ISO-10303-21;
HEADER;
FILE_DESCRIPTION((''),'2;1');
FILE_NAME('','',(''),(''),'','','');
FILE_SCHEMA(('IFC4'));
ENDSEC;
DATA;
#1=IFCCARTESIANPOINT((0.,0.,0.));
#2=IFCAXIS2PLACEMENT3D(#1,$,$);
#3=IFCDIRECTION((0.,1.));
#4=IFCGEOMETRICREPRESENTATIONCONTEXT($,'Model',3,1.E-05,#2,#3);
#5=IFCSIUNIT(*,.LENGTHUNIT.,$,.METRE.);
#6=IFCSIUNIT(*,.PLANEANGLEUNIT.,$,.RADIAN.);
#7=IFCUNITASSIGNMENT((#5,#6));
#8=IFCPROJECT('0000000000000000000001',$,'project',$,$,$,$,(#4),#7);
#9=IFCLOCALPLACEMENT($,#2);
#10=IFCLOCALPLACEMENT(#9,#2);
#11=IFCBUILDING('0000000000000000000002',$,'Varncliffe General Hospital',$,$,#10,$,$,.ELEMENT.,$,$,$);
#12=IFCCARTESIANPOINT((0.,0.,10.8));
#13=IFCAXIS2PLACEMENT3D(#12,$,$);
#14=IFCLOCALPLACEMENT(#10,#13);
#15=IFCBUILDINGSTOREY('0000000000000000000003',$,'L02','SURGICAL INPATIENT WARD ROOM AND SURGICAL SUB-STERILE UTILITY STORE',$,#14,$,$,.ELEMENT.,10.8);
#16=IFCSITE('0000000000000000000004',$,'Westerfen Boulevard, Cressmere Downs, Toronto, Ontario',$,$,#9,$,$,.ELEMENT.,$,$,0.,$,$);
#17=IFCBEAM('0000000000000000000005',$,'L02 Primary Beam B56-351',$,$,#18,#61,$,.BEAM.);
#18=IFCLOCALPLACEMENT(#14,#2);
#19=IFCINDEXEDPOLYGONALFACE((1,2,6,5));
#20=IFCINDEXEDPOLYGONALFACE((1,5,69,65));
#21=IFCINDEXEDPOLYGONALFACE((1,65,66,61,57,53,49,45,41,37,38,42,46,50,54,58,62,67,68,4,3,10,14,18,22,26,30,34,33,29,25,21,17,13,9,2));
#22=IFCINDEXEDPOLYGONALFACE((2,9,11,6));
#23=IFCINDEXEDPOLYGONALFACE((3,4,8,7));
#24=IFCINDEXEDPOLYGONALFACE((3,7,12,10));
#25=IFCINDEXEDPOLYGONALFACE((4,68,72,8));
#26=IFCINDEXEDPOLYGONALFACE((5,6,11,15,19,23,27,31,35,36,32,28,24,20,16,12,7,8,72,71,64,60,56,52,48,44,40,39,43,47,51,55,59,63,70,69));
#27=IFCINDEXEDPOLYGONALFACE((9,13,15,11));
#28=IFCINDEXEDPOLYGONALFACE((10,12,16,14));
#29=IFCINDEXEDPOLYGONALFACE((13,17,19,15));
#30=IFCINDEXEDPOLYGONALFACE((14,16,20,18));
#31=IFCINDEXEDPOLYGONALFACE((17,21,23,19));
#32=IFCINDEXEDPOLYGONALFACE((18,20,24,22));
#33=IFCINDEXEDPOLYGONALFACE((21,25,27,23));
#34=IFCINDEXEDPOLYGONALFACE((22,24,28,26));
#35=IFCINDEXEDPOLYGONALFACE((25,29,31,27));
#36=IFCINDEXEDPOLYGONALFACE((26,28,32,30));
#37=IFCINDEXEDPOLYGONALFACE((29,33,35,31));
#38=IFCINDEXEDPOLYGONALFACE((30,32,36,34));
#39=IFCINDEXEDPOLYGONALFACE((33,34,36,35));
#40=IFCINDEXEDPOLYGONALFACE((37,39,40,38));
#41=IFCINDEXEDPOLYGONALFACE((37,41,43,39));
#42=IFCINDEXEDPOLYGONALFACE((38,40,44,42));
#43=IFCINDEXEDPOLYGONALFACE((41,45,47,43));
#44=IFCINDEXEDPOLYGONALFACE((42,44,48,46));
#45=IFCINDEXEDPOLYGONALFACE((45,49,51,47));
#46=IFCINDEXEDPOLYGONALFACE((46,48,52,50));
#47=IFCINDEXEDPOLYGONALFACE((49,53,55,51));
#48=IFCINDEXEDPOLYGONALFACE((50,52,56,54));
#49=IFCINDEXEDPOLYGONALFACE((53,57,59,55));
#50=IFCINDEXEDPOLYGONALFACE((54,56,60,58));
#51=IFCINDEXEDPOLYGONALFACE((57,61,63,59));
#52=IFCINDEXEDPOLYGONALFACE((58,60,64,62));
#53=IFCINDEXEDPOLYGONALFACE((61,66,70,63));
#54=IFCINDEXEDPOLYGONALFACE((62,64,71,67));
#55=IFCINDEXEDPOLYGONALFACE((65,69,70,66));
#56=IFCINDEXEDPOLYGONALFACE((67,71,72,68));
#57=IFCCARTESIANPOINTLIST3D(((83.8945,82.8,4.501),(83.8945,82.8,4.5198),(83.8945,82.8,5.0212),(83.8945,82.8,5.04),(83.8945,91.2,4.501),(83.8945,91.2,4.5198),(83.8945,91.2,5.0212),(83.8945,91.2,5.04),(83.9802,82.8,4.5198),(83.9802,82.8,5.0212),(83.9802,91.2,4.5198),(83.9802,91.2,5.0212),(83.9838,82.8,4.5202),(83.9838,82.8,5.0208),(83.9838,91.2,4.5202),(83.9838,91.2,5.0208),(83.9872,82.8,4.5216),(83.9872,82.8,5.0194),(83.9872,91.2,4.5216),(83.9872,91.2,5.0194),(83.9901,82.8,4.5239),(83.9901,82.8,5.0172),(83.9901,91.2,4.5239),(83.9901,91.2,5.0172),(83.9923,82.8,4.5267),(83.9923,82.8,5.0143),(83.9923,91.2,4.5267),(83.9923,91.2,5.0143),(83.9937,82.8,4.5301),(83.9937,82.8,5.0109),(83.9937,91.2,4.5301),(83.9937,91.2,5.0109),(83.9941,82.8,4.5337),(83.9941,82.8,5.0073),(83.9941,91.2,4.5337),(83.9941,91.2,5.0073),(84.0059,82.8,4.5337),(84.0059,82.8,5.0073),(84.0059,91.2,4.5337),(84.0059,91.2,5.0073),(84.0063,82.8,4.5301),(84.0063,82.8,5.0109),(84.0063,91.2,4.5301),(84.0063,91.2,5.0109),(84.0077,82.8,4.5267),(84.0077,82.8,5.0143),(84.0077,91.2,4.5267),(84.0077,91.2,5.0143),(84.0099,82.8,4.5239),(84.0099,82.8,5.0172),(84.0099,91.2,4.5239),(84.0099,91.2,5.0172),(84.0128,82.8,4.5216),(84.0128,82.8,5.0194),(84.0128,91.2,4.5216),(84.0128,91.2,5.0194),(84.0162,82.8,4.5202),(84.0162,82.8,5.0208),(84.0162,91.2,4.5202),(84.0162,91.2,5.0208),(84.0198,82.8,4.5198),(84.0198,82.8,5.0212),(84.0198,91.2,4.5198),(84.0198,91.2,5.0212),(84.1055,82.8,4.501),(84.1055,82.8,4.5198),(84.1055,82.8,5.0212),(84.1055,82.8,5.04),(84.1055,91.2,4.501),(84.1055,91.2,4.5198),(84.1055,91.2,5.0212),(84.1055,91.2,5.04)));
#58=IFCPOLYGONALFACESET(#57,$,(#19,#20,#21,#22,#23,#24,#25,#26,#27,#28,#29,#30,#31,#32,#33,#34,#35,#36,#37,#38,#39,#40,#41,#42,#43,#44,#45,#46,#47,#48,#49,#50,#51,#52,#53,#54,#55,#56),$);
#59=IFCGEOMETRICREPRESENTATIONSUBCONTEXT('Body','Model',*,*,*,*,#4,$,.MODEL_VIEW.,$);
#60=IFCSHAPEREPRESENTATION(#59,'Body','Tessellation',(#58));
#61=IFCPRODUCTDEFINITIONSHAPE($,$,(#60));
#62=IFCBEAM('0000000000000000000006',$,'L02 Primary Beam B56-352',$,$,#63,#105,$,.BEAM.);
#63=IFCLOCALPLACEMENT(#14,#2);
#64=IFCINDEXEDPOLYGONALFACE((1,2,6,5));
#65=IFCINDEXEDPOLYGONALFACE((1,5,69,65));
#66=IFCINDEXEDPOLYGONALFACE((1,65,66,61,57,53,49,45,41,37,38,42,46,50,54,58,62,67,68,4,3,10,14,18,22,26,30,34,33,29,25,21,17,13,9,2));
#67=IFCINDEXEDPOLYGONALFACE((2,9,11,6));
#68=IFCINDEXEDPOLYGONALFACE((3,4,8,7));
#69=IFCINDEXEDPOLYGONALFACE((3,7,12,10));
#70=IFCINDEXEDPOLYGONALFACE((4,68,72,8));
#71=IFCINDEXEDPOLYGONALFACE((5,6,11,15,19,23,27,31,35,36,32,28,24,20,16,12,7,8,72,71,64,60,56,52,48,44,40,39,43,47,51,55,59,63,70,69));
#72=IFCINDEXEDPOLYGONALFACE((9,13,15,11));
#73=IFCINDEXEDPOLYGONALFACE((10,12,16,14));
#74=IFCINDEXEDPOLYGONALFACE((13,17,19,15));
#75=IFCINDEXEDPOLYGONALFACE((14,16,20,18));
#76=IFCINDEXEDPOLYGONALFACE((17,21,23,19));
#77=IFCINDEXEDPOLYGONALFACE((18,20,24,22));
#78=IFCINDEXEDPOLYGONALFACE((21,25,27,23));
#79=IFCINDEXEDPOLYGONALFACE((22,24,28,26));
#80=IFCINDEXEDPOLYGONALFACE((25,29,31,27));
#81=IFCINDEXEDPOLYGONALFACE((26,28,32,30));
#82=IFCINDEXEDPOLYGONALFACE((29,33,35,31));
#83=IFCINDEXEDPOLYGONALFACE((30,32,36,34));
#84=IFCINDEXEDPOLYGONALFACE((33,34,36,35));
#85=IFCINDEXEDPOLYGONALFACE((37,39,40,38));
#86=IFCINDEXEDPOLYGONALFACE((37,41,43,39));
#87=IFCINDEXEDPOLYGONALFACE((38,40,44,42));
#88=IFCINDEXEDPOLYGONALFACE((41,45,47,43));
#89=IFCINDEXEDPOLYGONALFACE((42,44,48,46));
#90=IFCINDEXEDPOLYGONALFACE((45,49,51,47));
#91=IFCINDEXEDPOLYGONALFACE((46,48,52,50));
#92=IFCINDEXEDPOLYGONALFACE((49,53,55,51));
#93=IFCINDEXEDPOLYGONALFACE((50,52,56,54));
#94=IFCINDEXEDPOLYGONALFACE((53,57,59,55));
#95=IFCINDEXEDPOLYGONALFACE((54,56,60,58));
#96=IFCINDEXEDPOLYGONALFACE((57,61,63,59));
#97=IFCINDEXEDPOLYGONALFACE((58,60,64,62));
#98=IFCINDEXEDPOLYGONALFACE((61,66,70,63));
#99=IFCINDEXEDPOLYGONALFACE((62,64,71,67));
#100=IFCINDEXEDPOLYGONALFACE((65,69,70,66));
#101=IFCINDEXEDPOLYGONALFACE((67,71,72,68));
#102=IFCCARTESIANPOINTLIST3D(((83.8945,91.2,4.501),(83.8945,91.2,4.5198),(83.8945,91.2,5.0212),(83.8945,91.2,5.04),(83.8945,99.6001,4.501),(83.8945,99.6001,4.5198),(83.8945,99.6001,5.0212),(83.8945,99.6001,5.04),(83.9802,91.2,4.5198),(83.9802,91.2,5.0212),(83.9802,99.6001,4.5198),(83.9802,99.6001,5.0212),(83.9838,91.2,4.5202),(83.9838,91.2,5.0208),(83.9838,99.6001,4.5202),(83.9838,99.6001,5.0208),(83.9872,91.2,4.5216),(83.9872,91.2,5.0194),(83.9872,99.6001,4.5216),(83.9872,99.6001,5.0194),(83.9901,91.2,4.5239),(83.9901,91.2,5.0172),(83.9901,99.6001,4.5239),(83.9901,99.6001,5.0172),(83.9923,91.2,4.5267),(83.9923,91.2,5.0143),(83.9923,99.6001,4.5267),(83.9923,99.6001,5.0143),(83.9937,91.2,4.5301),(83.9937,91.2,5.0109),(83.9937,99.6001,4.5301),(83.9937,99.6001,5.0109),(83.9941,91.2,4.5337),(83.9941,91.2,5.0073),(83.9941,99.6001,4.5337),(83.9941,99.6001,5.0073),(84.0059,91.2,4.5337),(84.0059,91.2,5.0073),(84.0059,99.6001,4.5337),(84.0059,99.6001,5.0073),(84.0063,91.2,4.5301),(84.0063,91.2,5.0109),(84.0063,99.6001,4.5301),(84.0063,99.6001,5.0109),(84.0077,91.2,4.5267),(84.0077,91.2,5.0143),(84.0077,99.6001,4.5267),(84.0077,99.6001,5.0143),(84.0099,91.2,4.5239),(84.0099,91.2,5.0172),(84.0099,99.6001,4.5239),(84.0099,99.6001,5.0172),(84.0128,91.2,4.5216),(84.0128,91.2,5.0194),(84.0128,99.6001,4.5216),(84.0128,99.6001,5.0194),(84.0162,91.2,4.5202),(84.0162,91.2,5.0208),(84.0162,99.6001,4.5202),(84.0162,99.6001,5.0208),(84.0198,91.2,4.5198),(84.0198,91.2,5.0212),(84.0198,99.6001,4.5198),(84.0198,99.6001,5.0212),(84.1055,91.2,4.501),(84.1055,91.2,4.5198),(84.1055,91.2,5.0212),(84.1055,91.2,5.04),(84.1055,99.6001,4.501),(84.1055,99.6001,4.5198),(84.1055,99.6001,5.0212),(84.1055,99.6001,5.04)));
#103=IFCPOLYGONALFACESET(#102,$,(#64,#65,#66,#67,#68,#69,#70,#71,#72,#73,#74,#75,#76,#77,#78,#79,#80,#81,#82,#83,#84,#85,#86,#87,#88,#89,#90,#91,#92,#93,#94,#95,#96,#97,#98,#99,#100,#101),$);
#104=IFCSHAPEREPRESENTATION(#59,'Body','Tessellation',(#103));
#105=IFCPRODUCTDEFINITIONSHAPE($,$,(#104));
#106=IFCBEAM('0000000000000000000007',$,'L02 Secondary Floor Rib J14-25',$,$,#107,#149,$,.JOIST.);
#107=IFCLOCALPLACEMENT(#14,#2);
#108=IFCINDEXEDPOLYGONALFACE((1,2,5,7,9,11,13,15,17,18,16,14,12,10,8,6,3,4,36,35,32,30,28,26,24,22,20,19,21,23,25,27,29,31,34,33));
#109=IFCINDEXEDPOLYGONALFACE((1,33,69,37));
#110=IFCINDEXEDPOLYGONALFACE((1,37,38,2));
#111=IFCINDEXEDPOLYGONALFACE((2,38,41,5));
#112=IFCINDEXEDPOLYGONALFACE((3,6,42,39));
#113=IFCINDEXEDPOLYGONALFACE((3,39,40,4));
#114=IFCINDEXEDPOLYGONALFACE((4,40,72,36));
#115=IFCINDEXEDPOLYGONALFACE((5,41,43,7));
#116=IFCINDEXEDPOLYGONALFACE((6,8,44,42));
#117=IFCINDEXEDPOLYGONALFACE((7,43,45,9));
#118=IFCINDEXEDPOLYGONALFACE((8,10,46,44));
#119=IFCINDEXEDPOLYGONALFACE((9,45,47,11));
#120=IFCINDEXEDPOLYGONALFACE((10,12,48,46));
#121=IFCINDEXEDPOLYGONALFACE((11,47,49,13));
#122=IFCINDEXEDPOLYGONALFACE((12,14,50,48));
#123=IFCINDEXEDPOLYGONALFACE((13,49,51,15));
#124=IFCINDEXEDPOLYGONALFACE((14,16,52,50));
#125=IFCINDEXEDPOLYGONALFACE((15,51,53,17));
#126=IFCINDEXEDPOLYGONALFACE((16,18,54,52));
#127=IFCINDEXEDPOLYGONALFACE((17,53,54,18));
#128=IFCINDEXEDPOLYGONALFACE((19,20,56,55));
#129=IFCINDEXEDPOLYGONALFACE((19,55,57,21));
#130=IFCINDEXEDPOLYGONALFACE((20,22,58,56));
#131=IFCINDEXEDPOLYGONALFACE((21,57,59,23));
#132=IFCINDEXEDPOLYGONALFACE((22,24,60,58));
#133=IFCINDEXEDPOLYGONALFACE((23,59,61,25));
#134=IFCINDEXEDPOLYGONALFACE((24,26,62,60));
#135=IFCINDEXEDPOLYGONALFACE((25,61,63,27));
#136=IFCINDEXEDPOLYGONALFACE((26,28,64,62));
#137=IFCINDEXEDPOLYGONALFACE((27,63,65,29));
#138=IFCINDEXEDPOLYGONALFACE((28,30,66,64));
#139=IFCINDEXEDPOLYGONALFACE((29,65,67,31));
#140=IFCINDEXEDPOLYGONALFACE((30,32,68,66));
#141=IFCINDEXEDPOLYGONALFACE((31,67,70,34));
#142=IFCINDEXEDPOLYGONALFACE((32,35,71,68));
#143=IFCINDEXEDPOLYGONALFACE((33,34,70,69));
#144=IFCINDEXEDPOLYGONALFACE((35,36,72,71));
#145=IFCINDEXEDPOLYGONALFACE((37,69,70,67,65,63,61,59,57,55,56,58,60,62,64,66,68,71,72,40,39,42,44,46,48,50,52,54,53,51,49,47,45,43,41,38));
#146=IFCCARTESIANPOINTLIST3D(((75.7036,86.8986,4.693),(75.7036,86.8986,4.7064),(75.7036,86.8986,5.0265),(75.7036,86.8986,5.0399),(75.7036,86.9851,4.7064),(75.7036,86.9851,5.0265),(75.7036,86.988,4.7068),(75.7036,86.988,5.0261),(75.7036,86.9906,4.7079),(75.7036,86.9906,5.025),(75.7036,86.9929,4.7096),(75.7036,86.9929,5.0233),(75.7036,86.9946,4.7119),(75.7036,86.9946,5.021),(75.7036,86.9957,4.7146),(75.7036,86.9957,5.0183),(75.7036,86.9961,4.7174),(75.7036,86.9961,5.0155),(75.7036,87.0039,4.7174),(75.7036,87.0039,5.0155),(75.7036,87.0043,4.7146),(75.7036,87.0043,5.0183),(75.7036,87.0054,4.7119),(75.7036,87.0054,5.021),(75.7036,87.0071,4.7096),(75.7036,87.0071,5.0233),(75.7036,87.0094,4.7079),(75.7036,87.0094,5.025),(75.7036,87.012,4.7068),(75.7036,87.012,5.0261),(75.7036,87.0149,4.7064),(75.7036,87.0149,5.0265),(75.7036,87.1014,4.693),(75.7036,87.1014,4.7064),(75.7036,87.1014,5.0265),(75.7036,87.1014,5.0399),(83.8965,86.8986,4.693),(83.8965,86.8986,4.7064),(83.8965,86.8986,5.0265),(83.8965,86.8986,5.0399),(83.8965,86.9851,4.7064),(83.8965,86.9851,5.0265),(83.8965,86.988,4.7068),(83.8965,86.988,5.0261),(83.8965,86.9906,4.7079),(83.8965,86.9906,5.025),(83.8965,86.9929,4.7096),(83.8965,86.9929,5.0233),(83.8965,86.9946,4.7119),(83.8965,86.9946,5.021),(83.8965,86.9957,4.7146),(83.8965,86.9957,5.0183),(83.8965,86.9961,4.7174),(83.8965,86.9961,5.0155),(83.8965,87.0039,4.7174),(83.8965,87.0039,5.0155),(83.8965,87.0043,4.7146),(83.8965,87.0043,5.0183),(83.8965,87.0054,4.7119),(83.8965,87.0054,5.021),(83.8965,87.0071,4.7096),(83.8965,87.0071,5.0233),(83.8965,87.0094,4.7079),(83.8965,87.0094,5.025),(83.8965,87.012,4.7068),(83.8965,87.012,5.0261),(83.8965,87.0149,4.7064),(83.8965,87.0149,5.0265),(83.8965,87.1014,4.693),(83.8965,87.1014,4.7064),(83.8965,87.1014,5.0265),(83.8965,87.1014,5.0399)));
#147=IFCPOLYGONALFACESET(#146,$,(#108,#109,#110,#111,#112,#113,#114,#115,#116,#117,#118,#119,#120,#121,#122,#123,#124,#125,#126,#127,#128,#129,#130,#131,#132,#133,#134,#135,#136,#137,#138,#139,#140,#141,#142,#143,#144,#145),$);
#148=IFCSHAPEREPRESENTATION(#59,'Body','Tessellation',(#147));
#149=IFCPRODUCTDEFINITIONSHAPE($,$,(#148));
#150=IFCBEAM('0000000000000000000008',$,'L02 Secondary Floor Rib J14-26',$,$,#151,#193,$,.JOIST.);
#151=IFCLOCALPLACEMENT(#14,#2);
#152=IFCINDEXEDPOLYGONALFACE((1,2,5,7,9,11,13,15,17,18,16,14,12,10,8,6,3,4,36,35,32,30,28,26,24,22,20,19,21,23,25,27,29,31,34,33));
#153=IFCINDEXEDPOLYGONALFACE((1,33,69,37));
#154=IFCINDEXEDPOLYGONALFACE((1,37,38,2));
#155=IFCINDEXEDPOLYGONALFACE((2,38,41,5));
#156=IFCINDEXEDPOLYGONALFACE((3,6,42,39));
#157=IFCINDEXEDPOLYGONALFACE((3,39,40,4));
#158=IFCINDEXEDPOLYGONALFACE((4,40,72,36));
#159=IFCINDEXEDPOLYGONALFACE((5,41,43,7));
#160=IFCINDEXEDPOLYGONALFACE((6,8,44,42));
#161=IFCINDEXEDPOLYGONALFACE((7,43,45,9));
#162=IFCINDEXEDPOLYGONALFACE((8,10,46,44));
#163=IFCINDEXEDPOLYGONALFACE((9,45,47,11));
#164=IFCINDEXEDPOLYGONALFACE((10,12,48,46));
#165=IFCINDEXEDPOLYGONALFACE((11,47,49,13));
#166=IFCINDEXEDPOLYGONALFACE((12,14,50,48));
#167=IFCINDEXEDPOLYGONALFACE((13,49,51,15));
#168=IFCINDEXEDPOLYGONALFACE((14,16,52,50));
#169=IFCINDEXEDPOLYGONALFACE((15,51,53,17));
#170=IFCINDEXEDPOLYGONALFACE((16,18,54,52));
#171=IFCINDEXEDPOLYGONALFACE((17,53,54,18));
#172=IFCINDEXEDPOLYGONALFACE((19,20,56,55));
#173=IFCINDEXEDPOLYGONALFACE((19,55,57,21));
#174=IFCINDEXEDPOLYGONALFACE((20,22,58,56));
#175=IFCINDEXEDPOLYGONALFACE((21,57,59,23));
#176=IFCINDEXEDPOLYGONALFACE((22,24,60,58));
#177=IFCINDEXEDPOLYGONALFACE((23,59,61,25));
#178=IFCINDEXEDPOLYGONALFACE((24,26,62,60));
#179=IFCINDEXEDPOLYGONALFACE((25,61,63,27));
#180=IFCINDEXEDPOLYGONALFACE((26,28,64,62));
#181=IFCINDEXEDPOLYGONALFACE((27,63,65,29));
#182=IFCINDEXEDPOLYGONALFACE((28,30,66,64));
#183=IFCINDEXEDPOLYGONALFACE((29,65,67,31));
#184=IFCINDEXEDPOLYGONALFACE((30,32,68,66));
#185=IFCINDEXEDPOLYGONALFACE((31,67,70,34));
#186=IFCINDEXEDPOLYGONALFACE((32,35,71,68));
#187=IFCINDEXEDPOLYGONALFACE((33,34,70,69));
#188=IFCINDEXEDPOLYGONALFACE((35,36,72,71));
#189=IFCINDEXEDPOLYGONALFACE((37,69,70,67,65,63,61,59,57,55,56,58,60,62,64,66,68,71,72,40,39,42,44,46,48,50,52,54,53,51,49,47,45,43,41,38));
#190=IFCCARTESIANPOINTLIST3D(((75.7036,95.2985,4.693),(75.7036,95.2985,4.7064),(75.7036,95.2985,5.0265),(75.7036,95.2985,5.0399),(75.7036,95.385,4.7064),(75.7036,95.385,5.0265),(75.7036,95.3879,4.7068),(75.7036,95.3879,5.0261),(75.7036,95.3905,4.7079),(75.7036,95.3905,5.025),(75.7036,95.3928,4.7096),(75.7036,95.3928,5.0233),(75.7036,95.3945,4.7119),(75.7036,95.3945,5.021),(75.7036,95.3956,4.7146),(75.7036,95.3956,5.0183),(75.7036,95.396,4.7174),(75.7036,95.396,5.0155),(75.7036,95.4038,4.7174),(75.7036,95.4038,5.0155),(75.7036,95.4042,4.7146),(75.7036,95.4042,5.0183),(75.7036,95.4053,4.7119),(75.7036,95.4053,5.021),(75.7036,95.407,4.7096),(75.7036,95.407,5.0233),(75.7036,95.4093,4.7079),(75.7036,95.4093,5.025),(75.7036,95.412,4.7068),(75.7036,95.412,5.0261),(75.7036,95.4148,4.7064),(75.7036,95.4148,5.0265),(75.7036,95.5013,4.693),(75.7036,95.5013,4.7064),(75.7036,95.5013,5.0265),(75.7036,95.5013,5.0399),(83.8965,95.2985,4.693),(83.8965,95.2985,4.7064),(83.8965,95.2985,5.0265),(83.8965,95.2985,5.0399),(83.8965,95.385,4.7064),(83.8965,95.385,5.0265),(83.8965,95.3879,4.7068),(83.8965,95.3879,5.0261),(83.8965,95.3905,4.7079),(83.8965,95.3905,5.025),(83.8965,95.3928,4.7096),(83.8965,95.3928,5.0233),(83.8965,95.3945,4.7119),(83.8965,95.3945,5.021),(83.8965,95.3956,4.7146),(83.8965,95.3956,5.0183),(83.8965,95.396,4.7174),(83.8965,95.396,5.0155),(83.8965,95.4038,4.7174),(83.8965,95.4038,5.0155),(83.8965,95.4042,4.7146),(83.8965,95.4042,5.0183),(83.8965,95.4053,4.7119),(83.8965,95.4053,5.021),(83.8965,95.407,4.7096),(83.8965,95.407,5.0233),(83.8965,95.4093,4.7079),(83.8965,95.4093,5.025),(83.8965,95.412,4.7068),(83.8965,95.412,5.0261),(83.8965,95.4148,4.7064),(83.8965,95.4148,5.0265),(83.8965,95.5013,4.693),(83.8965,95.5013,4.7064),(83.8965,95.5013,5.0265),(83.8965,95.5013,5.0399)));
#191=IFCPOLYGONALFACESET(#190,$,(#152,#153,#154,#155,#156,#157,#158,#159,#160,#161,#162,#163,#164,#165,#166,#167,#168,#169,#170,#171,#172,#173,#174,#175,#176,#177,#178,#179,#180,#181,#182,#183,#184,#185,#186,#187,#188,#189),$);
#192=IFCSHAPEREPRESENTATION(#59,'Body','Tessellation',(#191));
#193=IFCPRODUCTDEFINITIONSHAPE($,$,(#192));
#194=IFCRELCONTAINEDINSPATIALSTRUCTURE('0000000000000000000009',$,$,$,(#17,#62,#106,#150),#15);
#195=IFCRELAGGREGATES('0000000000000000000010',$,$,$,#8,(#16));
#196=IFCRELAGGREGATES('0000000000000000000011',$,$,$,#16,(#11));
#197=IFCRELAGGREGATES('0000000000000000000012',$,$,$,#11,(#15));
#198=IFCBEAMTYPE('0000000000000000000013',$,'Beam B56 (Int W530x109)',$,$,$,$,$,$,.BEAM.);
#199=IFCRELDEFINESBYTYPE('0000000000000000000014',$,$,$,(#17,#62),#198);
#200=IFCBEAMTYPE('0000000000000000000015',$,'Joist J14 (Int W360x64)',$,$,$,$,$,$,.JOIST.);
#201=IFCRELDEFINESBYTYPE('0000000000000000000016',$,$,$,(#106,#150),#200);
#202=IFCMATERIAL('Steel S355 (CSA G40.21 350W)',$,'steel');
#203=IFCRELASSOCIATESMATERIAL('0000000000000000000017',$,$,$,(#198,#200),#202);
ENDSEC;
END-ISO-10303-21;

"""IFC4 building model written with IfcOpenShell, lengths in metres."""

from ifc_helpers import new_model, si_unit, direction, frame, origin, origin_2d, place, context, subcontext, project, spatial, i_section, extrude, material, material_profile, profile_set, type_object, element, save


model = new_model("IFC4")

# Units and contexts
model_context = context("Model", 3, precision=1e-05, world=origin(), true_north=direction((0.0, 1.0)))
body_context = subcontext(model_context, "Body", "Model", "MODEL_VIEW")
ifc_project = project(units=[si_unit("LENGTHUNIT", "METRE"), si_unit("PLANEANGLEUNIT", "RADIAN")], contexts=[model_context])

# Site, building, storey
site_placement = place(None, origin())
site = spatial("IfcSite", under=ifc_project, at=site_placement, Name="Westerfen Boulevard, Cressmere Downs, Toronto, Ontario", CompositionType="ELEMENT", RefElevation=0.0)
building_placement = place(site_placement, origin())
building = spatial("IfcBuilding", under=site, at=building_placement, Name="Varncliffe General Hospital", CompositionType="ELEMENT")
storey_placement = place(building_placement, frame((0.0, 0.0, 10.8)))
storey = spatial("IfcBuildingStorey", under=building, at=storey_placement, Name="L02", Description="SURGICAL INPATIENT WARD ROOM AND SURGICAL SUB-STERILE UTILITY STORE", CompositionType="ELEMENT", Elevation=10.8)

# Beams
ifc_material_1 = material(Name="Steel S355 (CSA G40.21 350W)", Category="steel")
ifc_material_profile_1 = material_profile(ifc_material_1, i_section(OverallWidth=0.2109, OverallDepth=0.5391, WebThickness=0.0117, FlangeThickness=0.0188, FilletRadius=0.0139, at=origin_2d()), Name="W530x109")
ifc_profile_set_1 = profile_set([ifc_material_profile_1], Name="Steel S355 (CSA G40.21 350W)")
beam_type_1 = type_object("IfcBeamType", Name="Beam B56 (Int W530x109)", PredefinedType="BEAM", material=ifc_profile_set_1)
beam_1_placement = place(storey_placement, frame((84.0, 82.8, 4.7705), z_axis=(0.0, 1.0, 0.0), x_axis=(-1.0, 0.0, 0.0)))
element("IfcBeam", 1, at=beam_1_placement, inside=storey, type_object=beam_type_1, Name="L02 Primary Beam B56-351", PredefinedType="BEAM", context=body_context, shape_type="SweptSolid", body=[
    extrude(i_section(OverallWidth=0.2109, OverallDepth=0.5391, WebThickness=0.0117, FlangeThickness=0.0188, FilletRadius=0.0139, at=origin_2d()), origin(), (0.0, 0.0, 1.0), 8.3999),
])
beam_2_placement = place(storey_placement, frame((84.0, 91.2, 4.7705), z_axis=(0.0, 1.0, 0.0), x_axis=(-1.0, 0.0, 0.0)))
element("IfcBeam", 2, at=beam_2_placement, inside=storey, type_object=beam_type_1, Name="L02 Primary Beam B56-352", PredefinedType="BEAM", context=body_context, shape_type="SweptSolid", body=[
    extrude(i_section(OverallWidth=0.2109, OverallDepth=0.5391, WebThickness=0.0117, FlangeThickness=0.0188, FilletRadius=0.0139, at=origin_2d()), origin(), (0.0, 0.0, 1.0), 8.4001),
])
ifc_material_profile_2 = material_profile(ifc_material_1, i_section(OverallWidth=0.2029, OverallDepth=0.3469, WebThickness=0.0078, FlangeThickness=0.0134, FilletRadius=0.011, at=origin_2d()), Name="W360x64")
ifc_profile_set_2 = profile_set([ifc_material_profile_2], Name="Steel S355 (CSA G40.21 350W)")
beam_type_2 = type_object("IfcBeamType", Name="Joist J14 (Int W360x64)", PredefinedType="JOIST", material=ifc_profile_set_2)
for number, where, z_axis, x_axis, name in (
    (3, (75.7036, 87.0, 4.8665), (1.0, 0.0, 0.0), (0.0, 1.0, 0.0), "L02 Secondary Floor Rib J14-25"),
    (4, (75.7036, 95.3999, 4.8665), (1.0, 0.0, 0.0), (0.0, 1.0, 0.0), "L02 Secondary Floor Rib J14-26"),
):
    element("IfcBeam", number, at=place(storey_placement, frame(where, z_axis=z_axis, x_axis=x_axis)), inside=storey, type_object=beam_type_2, Name=name, PredefinedType="JOIST", context=body_context, shape_type="SweptSolid", body=[
        extrude(i_section(OverallWidth=0.2029, OverallDepth=0.3469, WebThickness=0.0078, FlangeThickness=0.0134, FilletRadius=0.011, at=origin_2d()), origin(), (0.0, 0.0, 1.0), 8.1929),
    ])

save(model, "model.ifc")
